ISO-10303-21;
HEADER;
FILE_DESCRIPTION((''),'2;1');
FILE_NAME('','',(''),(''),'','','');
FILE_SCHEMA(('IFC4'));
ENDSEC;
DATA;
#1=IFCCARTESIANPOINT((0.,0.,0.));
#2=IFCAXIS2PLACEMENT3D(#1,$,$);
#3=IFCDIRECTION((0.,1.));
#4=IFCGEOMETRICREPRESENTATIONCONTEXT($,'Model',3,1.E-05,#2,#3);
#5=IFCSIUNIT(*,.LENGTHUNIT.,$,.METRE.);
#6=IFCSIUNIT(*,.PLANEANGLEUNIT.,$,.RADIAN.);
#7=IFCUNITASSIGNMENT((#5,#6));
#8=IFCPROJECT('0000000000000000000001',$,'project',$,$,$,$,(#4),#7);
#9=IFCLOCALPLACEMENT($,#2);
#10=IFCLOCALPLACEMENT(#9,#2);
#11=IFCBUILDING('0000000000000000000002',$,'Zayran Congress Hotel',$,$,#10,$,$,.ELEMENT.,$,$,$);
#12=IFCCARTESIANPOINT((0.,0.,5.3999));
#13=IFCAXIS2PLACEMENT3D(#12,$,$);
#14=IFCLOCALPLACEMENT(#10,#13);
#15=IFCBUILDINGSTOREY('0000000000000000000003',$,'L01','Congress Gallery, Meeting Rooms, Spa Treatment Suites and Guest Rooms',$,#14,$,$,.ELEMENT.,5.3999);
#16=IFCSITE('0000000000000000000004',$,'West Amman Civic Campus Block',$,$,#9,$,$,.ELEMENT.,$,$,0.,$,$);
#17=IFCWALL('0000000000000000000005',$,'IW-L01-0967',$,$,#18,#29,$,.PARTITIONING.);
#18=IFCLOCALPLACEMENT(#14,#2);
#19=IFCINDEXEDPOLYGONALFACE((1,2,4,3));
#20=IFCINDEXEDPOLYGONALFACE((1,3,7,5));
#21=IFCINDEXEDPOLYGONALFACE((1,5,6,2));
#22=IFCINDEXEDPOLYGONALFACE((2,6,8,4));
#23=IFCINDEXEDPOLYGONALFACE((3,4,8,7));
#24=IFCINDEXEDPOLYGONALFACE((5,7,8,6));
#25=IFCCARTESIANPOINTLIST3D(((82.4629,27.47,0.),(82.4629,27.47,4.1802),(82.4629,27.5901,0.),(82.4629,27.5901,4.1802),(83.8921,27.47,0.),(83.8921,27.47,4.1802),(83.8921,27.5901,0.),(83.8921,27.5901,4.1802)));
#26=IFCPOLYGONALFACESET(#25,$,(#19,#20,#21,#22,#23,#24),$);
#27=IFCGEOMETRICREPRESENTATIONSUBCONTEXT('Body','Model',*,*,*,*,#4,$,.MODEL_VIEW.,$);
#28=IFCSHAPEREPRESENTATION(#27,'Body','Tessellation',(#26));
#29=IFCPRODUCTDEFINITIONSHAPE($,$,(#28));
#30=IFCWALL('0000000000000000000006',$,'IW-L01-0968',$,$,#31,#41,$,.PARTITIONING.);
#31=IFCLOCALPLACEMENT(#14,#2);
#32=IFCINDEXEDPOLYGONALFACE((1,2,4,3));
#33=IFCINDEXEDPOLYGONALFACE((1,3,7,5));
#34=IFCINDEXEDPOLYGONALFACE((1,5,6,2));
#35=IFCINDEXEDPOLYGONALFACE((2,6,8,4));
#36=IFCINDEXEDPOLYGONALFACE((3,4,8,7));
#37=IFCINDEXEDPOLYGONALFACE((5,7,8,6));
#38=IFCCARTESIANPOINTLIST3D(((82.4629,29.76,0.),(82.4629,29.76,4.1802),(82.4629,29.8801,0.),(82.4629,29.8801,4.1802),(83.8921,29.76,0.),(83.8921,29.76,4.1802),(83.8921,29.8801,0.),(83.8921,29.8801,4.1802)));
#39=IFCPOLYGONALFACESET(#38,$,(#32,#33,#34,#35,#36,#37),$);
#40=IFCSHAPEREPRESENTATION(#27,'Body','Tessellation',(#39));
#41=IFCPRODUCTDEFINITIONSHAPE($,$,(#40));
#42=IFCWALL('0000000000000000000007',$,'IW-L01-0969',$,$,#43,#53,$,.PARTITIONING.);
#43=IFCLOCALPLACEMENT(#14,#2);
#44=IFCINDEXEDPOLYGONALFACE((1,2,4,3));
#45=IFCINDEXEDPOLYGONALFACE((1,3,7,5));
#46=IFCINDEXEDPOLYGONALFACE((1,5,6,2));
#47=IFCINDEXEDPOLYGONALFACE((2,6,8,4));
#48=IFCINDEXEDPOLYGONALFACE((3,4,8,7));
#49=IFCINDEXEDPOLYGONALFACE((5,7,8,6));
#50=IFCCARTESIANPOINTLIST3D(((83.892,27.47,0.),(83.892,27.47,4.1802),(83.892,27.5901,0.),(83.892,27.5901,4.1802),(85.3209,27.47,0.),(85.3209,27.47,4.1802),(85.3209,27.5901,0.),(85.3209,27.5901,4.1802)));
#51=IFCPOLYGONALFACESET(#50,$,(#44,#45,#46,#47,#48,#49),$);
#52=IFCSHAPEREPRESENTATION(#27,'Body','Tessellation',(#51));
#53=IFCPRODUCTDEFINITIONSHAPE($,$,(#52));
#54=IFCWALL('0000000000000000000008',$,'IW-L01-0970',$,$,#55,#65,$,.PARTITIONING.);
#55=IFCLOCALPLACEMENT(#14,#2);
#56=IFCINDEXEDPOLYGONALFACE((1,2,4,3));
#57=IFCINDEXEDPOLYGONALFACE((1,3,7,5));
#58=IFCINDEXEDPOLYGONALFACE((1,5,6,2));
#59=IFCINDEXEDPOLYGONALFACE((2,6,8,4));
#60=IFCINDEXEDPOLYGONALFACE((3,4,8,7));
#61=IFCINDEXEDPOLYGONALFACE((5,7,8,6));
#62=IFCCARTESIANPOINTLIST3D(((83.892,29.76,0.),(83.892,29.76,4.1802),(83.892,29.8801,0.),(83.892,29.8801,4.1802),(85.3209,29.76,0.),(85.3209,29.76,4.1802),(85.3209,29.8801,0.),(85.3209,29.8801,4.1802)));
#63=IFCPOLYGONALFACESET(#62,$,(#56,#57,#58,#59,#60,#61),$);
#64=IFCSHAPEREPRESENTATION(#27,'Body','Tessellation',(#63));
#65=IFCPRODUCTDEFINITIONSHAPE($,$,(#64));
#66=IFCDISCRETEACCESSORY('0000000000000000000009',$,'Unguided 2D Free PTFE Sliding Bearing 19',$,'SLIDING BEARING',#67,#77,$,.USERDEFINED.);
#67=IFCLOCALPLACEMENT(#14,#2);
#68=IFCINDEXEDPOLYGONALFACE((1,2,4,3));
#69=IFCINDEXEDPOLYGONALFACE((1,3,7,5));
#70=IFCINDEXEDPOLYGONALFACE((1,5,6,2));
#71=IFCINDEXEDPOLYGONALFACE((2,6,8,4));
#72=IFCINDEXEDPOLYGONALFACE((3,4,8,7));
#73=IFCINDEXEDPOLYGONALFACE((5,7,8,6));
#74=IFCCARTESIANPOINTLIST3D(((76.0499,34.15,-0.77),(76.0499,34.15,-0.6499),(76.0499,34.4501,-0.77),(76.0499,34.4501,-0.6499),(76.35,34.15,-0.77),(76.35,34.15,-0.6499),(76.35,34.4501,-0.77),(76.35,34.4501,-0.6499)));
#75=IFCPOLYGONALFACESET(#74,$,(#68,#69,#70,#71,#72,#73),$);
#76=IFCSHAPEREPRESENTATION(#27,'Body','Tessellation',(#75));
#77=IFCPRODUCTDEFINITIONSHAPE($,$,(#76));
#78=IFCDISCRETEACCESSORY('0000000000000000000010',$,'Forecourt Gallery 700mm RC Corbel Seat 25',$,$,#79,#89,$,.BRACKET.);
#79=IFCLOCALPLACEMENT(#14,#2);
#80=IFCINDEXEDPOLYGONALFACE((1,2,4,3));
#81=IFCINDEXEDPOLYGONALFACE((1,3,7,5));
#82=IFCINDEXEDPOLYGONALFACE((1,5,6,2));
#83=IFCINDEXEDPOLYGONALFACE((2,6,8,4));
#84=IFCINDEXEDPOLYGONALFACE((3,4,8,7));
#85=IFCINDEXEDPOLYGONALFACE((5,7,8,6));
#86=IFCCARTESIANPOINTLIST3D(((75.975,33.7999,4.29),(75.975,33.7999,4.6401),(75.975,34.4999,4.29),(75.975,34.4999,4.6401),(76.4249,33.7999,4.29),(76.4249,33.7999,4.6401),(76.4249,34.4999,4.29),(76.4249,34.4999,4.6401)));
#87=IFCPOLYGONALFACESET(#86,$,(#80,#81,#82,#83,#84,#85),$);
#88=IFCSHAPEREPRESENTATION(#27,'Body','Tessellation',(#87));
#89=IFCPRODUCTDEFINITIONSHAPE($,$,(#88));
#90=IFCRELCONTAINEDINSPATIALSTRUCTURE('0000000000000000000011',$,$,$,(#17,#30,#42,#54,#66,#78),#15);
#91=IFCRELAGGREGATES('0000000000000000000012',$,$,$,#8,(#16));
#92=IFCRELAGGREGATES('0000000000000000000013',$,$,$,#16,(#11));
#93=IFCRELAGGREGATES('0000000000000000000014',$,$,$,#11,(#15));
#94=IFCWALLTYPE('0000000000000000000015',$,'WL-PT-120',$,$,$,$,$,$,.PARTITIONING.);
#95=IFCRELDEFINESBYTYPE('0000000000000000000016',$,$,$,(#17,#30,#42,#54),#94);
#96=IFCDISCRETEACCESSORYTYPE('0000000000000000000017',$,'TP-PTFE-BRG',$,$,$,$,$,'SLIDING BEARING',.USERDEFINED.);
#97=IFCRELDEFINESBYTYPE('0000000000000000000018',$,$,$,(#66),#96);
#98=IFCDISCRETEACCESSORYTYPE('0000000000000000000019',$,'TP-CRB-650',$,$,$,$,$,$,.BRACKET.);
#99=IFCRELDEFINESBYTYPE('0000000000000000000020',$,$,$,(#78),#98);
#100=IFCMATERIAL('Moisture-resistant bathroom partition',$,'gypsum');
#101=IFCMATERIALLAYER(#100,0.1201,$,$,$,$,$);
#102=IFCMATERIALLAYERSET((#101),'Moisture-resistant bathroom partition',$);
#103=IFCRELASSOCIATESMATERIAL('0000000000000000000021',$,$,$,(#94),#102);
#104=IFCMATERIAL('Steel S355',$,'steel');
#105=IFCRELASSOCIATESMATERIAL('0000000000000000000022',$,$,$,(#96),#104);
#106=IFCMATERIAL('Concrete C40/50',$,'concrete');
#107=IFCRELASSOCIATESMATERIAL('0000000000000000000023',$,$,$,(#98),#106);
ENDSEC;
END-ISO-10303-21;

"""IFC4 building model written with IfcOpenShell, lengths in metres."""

from ifc_helpers import new_model, si_unit, direction, frame, frame_2d, origin, origin_2d, place, context, subcontext, project, spatial, rectangle, extrude, material, layer, layer_set, type_object, element, save


model = new_model("IFC4")

# Units and contexts
model_context = context("Model", 3, precision=1e-05, world=origin(), true_north=direction((0.0, 1.0)))
body_context = subcontext(model_context, "Body", "Model", "MODEL_VIEW")
ifc_project = project(units=[si_unit("LENGTHUNIT", "METRE"), si_unit("PLANEANGLEUNIT", "RADIAN")], contexts=[model_context])

# Site, building, storey
site_placement = place(None, origin())
site = spatial("IfcSite", under=ifc_project, at=site_placement, Name="West Amman Civic Campus Block", CompositionType="ELEMENT", RefElevation=0.0)
building_placement = place(site_placement, origin())
building = spatial("IfcBuilding", under=site, at=building_placement, Name="Zayran Congress Hotel", CompositionType="ELEMENT")
storey_placement = place(building_placement, frame((0.0, 0.0, 5.3999)))
storey = spatial("IfcBuildingStorey", under=building, at=storey_placement, Name="L01", Description="Congress Gallery, Meeting Rooms, Spa Treatment Suites and Guest Rooms", CompositionType="ELEMENT", Elevation=5.3999)

# Shared definitions
ifc_material_1 = material(Name="Concrete C40/50", Category="concrete")

# Shared definitions
ifc_material_2 = material(Name="Steel S355", Category="steel")

# Shared definitions
ifc_material_3 = material(Name="Moisture-resistant bathroom partition", Category="gypsum")
ifc_layer_1 = layer(ifc_material_3, 0.1201)
ifc_layer_set_1 = layer_set([ifc_layer_1], Name="Moisture-resistant bathroom partition")
wall_type_1 = type_object("IfcWallType", Name="WL-PT-120", PredefinedType="PARTITIONING", material=ifc_layer_set_1)

# Walls
for number, where, z_axis, x_axis, name in (
    (1, (82.4629, 27.53, 0.0), (0.0, 0.0, 1.0), (1.0, 0.0, 0.0), "IW-L01-0967"),
    (2, (82.4629, 29.8201, 0.0), (0.0, 0.0, 1.0), (1.0, 0.0, 0.0), "IW-L01-0968"),
):
    element("IfcWall", number, at=place(storey_placement, frame(where, z_axis=z_axis, x_axis=x_axis)), inside=storey, type_object=wall_type_1, Name=name, PredefinedType="PARTITIONING", context=body_context, shape_type="SweptSolid", body=[
        extrude(rectangle(XDim=1.4292, YDim=0.1201, at=frame_2d((0.7146, 0.0))), origin(), (0.0, 0.0, 1.0), 4.1802),
    ])
for number, where, z_axis, x_axis, name in (
    (3, (83.8921, 27.53, 0.0), (0.0, 0.0, 1.0), (1.0, 0.0, 0.0), "IW-L01-0969"),
    (4, (83.8921, 29.8201, 0.0), (0.0, 0.0, 1.0), (1.0, 0.0, 0.0), "IW-L01-0970"),
):
    element("IfcWall", number, at=place(storey_placement, frame(where, z_axis=z_axis, x_axis=x_axis)), inside=storey, type_object=wall_type_1, Name=name, PredefinedType="PARTITIONING", context=body_context, shape_type="SweptSolid", body=[
        extrude(rectangle(XDim=1.429, YDim=0.1201, at=frame_2d((0.7144, 0.0))), origin(), (0.0, 0.0, 1.0), 4.1802),
    ])

# Discrete accessories
discrete_accessory_type_1 = type_object("IfcDiscreteAccessoryType", Name="TP-PTFE-BRG", ElementType="SLIDING BEARING", PredefinedType="USERDEFINED", material=ifc_material_2)
discrete_accessory_1_placement = place(storey_placement, frame((76.2, 34.3, -0.77), z_axis=(0.0, 0.0, 1.0), x_axis=(1.0, 0.0, 0.0)))
element("IfcDiscreteAccessory", 5, at=discrete_accessory_1_placement, inside=storey, type_object=discrete_accessory_type_1, Name="Unguided 2D Free PTFE Sliding Bearing 19", ObjectType="SLIDING BEARING", PredefinedType="USERDEFINED", context=body_context, shape_type="SweptSolid", body=[
    extrude(rectangle(XDim=0.3, YDim=0.3, at=origin_2d()), origin(), (0.0, 0.0, 1.0), 0.1201),
])
discrete_accessory_type_2 = type_object("IfcDiscreteAccessoryType", Name="TP-CRB-650", PredefinedType="BRACKET", material=ifc_material_1)
discrete_accessory_2_placement = place(storey_placement, frame((76.2, 34.1499, 4.29), z_axis=(0.0, 0.0, 1.0), x_axis=(0.0, 1.0, 0.0)))
element("IfcDiscreteAccessory", 6, at=discrete_accessory_2_placement, inside=storey, type_object=discrete_accessory_type_2, Name="Forecourt Gallery 700mm RC Corbel Seat 25", PredefinedType="BRACKET", context=body_context, shape_type="SweptSolid", body=[
    extrude(rectangle(XDim=0.7, YDim=0.45, at=origin_2d()), origin(), (0.0, 0.0, 1.0), 0.3501),
])

save(model, "model.ifc")
